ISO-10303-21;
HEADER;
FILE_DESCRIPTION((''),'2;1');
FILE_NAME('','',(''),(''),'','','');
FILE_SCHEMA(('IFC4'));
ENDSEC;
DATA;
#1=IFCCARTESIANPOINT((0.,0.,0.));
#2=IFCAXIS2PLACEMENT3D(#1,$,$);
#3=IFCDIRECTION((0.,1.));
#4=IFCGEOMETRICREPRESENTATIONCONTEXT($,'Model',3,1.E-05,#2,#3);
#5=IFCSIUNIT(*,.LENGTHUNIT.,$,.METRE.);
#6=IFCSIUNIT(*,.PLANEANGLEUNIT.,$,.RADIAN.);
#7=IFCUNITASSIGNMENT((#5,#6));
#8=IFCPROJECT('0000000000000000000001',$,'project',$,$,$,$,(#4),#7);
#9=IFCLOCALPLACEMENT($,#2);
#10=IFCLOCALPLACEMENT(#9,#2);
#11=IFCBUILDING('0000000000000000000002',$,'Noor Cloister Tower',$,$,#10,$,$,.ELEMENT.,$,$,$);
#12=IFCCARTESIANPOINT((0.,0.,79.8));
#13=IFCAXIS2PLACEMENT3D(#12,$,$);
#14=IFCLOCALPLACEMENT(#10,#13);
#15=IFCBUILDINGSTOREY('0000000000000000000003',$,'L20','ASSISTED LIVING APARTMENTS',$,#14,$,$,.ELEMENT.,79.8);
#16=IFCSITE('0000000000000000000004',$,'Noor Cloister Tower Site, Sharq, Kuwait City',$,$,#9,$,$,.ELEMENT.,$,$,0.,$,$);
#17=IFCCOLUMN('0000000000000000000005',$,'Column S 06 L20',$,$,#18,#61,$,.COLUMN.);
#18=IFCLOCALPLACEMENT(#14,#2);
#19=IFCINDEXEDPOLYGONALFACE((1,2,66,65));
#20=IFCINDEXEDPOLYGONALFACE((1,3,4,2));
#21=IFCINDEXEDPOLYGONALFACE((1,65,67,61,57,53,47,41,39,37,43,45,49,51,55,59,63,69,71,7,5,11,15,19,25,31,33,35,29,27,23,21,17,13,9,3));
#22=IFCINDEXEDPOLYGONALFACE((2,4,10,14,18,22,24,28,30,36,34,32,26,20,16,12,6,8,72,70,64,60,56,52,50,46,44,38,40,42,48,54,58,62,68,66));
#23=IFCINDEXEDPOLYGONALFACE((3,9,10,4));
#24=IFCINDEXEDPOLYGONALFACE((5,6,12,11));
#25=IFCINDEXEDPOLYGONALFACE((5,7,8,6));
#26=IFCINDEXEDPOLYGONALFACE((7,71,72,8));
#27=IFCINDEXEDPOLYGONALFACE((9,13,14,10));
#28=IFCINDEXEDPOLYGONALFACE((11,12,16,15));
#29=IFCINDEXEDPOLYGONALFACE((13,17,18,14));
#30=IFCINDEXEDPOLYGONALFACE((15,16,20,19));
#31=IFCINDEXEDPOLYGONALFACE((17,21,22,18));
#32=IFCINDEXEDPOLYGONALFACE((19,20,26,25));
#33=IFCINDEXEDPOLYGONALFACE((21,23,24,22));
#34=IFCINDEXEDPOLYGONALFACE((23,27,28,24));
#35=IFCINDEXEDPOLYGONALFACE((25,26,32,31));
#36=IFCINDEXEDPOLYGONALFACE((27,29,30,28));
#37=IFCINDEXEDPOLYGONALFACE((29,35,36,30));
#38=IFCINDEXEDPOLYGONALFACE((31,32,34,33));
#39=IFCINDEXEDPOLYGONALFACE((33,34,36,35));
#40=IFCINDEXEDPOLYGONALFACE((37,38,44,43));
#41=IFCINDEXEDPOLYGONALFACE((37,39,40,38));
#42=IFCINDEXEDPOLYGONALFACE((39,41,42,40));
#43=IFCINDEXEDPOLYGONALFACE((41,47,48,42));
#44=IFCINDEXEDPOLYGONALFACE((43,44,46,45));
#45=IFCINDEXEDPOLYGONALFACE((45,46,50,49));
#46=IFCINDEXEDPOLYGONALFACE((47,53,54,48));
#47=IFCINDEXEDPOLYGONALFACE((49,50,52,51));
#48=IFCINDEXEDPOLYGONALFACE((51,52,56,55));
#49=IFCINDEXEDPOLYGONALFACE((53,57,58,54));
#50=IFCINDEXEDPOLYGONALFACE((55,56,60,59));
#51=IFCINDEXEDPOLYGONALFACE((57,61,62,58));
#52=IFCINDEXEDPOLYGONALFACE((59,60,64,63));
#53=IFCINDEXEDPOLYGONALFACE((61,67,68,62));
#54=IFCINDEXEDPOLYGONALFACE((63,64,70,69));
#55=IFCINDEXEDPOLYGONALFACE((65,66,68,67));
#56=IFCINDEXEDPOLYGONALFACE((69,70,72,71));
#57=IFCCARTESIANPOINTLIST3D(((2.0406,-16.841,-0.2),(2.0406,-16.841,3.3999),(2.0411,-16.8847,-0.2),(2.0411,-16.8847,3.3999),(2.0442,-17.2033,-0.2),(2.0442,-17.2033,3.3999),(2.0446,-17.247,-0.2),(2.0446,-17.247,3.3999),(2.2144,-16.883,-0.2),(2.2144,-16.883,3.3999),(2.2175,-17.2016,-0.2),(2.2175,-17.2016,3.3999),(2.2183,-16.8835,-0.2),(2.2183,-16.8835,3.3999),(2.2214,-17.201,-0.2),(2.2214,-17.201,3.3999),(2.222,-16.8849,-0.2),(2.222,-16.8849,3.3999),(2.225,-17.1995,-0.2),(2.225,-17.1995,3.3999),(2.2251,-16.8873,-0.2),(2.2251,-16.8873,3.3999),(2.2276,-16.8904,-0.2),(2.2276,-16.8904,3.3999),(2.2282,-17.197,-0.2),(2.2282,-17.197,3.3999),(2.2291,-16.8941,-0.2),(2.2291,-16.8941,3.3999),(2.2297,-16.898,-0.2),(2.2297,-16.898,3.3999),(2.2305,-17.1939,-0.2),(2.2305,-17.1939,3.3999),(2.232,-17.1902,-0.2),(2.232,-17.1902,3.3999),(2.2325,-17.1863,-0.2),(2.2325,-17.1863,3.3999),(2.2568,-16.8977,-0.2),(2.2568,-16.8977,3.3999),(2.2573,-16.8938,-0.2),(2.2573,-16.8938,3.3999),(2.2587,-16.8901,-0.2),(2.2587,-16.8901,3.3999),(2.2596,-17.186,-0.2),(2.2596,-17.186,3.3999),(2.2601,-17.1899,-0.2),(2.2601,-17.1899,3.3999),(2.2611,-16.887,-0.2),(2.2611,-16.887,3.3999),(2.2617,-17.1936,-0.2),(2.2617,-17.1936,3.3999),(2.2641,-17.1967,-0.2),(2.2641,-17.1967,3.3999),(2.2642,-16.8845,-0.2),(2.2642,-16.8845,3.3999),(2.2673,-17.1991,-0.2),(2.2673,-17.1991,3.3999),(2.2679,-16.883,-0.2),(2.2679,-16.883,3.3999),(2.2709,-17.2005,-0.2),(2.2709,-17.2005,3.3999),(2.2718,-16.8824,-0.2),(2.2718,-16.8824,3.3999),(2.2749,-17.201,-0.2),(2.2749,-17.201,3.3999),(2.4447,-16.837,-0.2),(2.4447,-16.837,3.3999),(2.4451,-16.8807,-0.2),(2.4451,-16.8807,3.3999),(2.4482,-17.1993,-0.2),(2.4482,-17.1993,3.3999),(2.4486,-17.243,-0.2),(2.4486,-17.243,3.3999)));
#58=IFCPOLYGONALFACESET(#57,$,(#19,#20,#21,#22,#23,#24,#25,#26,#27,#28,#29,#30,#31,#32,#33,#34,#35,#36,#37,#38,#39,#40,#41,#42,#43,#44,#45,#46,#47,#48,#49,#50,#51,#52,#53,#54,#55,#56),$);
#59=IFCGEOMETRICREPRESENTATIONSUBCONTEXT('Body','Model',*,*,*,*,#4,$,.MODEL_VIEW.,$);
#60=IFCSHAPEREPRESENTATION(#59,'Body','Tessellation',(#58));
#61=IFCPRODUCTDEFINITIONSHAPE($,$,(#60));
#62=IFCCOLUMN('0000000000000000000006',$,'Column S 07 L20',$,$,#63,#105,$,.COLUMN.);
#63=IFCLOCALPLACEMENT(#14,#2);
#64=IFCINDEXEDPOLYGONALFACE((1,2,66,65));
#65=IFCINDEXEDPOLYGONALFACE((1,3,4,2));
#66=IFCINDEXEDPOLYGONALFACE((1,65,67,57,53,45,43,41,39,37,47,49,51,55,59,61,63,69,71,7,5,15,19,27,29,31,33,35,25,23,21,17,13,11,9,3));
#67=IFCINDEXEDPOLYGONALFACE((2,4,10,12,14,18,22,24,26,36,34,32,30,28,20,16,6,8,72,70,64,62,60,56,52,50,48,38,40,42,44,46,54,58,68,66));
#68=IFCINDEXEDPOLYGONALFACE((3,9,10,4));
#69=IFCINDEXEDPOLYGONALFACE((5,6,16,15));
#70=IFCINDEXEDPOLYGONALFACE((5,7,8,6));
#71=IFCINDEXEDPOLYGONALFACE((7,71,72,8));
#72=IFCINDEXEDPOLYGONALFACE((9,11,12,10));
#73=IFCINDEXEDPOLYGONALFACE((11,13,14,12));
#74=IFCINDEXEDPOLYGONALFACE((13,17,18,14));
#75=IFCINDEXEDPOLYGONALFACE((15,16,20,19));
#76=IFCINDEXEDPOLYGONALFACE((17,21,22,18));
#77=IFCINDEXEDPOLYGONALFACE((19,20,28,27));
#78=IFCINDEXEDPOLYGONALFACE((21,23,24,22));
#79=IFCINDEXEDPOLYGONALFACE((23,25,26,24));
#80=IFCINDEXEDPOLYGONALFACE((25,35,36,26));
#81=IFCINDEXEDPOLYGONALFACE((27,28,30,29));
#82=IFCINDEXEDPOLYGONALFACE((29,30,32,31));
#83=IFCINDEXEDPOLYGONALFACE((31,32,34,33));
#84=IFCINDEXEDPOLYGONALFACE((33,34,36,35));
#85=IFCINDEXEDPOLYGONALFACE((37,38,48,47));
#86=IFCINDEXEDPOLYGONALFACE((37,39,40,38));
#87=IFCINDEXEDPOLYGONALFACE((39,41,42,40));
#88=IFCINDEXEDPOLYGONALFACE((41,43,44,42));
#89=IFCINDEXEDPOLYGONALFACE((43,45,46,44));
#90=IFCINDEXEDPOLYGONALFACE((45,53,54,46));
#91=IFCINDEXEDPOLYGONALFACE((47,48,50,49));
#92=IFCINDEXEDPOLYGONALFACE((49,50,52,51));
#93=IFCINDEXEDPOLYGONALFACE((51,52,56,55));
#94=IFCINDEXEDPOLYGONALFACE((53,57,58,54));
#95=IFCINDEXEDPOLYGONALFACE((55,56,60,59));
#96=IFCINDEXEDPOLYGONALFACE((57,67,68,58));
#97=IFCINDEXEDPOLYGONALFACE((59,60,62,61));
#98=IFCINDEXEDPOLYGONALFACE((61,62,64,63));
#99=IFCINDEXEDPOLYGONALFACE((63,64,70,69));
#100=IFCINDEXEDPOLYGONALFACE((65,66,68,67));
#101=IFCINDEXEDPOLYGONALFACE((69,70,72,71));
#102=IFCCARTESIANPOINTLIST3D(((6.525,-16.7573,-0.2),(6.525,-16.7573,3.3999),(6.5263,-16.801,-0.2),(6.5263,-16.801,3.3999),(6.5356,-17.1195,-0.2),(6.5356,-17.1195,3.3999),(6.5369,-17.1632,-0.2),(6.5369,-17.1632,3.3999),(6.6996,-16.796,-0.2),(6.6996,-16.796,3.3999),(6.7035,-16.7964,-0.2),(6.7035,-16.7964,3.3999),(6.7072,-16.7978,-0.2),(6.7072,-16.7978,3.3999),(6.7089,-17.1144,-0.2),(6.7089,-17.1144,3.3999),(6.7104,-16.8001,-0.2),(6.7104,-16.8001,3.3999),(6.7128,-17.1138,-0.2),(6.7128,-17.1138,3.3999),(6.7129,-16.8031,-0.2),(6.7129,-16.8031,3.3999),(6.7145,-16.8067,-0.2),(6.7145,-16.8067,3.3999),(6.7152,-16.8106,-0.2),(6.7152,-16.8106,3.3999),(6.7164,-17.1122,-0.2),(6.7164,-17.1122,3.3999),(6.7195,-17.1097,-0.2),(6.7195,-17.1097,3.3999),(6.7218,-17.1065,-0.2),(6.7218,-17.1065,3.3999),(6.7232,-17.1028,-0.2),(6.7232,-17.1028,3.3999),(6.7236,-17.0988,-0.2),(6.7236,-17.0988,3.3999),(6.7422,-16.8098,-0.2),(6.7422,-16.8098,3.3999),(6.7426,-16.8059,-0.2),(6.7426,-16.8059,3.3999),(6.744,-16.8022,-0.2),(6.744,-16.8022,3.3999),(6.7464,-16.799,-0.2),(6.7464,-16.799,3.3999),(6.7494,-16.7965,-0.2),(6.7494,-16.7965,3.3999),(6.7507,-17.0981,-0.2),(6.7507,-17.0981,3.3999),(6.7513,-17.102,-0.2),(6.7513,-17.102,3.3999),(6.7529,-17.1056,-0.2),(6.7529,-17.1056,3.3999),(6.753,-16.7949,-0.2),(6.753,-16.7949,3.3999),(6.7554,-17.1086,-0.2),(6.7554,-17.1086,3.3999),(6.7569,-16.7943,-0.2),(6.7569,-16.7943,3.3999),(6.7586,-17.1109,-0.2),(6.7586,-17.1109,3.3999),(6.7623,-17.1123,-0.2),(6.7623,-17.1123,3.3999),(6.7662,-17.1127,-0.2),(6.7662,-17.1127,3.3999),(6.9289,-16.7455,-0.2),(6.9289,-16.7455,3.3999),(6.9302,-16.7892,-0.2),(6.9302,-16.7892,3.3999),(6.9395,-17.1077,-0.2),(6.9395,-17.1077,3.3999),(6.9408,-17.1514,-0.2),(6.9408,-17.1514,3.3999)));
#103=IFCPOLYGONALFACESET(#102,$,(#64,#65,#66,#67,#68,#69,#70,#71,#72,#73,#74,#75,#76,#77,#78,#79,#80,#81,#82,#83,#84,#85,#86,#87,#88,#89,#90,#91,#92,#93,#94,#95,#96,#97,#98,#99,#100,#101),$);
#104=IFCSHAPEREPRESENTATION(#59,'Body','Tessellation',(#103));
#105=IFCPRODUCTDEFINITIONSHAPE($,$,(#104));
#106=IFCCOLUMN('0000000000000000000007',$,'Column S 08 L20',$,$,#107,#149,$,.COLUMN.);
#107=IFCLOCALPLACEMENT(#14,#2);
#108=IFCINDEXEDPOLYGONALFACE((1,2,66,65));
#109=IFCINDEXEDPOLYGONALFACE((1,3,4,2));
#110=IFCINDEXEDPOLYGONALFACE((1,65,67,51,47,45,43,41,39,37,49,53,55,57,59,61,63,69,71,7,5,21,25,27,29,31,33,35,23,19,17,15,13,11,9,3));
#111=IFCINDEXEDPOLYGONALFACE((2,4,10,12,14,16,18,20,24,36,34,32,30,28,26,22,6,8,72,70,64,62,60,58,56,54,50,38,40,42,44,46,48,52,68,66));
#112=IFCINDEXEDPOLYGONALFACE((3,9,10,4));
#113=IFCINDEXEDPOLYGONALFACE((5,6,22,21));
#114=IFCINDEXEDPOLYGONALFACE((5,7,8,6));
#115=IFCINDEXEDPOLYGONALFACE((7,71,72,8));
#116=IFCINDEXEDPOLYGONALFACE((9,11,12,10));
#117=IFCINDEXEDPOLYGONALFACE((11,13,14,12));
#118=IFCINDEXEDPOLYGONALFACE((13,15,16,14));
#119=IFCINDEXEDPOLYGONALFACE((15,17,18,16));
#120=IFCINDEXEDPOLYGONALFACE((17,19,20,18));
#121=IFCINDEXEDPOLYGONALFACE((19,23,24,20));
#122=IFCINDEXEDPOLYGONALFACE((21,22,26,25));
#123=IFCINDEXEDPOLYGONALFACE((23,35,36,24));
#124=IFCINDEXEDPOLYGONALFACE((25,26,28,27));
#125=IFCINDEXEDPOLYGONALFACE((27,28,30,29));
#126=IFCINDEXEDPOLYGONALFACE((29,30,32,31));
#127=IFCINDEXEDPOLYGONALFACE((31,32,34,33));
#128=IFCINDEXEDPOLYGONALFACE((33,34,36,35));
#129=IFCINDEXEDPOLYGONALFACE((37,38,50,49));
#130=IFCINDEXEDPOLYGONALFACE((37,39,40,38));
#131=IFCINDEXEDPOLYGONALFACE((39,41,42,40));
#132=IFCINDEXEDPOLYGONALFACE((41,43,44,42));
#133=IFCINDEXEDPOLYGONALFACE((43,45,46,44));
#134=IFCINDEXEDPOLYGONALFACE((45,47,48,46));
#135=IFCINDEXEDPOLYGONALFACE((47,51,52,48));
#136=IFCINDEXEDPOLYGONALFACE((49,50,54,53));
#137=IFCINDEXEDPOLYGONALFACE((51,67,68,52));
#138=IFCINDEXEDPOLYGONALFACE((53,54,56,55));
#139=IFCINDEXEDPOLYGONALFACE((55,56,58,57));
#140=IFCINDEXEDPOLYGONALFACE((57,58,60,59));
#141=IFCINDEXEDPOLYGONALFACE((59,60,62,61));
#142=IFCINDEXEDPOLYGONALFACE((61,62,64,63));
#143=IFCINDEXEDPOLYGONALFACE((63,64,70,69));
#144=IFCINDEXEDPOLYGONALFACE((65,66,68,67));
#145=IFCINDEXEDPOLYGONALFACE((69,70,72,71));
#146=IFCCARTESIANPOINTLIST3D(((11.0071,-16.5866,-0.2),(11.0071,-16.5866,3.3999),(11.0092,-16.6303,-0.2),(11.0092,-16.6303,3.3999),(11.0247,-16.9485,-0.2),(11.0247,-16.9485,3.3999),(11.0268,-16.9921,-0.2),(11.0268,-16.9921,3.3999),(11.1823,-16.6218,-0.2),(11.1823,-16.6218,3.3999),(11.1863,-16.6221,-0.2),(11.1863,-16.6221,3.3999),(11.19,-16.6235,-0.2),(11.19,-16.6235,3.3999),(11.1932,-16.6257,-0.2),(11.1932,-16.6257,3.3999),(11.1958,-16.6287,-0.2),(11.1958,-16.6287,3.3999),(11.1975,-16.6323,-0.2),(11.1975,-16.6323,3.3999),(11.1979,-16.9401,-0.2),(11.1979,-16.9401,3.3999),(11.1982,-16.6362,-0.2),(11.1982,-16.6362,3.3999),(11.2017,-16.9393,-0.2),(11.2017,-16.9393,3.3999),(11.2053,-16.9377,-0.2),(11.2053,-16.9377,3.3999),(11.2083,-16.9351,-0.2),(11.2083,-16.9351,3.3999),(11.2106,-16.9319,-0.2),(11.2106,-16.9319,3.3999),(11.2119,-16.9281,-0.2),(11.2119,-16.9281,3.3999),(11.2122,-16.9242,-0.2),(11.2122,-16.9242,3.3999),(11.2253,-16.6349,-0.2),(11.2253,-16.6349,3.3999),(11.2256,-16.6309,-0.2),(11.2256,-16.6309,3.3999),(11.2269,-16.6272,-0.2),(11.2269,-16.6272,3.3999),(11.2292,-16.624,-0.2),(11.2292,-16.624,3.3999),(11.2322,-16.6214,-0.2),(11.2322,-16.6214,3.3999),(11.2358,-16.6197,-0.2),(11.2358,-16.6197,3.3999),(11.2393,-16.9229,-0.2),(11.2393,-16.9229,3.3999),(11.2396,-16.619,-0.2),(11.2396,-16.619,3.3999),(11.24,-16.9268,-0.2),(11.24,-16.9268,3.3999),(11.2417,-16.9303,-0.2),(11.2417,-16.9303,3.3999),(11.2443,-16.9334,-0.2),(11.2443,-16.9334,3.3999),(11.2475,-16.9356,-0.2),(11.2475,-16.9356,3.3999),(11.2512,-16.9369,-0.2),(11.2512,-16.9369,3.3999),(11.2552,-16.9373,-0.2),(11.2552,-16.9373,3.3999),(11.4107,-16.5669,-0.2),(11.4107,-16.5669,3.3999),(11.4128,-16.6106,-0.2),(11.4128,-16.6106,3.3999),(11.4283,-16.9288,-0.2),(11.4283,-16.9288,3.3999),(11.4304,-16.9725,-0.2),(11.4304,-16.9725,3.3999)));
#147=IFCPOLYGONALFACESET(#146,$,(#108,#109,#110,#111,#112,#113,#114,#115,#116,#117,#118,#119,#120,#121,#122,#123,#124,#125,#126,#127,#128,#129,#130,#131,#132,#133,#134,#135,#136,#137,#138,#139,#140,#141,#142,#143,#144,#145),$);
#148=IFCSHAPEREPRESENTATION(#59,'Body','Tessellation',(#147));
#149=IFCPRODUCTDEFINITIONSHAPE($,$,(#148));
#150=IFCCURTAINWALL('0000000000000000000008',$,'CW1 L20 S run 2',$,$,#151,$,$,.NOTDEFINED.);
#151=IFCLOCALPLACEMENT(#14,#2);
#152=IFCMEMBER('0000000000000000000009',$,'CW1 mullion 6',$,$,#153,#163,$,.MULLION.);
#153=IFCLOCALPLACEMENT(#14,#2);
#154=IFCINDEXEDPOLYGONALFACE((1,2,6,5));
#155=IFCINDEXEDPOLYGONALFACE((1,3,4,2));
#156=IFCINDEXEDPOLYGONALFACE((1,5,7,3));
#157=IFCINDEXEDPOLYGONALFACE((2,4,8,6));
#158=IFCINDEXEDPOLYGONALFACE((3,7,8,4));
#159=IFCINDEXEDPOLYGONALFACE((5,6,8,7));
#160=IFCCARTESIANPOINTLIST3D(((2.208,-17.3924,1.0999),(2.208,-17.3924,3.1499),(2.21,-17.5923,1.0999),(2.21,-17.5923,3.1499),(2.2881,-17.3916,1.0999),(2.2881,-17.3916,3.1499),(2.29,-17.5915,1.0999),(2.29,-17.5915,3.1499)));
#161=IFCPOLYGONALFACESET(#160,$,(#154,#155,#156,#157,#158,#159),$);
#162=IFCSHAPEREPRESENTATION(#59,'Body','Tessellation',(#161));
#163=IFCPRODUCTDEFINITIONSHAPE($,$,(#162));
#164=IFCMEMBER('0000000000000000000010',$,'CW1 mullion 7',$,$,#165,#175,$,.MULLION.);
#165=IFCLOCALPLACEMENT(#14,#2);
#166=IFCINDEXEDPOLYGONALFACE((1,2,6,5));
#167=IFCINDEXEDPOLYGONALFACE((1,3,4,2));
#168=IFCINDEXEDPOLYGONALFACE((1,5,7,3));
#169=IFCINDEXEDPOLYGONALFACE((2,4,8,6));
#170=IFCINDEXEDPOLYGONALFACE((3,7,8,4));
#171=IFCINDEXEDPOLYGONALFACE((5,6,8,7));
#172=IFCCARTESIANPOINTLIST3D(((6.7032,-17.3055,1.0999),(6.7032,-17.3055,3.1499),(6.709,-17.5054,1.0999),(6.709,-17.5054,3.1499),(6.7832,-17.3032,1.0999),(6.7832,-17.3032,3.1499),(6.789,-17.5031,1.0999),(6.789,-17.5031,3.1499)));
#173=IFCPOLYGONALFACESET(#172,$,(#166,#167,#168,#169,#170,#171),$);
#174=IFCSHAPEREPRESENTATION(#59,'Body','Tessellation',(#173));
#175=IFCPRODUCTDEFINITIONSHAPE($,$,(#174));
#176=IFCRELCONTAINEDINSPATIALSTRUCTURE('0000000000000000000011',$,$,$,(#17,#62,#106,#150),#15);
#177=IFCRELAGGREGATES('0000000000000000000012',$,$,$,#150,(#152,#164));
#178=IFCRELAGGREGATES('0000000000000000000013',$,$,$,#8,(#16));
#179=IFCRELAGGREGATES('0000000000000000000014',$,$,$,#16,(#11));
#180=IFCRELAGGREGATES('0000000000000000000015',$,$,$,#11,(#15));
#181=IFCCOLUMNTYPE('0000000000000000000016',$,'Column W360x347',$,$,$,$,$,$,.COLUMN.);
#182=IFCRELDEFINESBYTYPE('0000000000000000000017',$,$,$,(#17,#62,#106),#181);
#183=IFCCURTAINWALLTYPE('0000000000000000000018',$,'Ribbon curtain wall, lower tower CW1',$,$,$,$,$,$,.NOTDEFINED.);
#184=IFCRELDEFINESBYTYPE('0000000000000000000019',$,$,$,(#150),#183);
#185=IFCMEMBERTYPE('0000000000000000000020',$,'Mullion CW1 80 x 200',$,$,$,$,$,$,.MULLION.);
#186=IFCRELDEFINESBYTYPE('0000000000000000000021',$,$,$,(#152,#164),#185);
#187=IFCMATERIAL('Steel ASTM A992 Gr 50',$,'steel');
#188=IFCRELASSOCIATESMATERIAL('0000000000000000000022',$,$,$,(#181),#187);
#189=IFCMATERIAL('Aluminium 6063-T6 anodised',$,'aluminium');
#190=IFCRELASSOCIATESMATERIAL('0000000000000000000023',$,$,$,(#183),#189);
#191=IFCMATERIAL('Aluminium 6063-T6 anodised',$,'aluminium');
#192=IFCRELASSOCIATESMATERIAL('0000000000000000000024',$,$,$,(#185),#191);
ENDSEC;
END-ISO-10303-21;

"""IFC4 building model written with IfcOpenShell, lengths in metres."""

from ifc_helpers import new_model, si_unit, direction, frame, origin, origin_2d, place, context, subcontext, project, spatial, rectangle, i_section, extrude, material, material_profile, profile_set, type_object, element, aggregate, save


model = new_model("IFC4")

# Units and contexts
model_context = context("Model", 3, precision=1e-05, world=origin(), true_north=direction((0.0, 1.0)))
body_context = subcontext(model_context, "Body", "Model", "MODEL_VIEW")
ifc_project = project(units=[si_unit("LENGTHUNIT", "METRE"), si_unit("PLANEANGLEUNIT", "RADIAN")], contexts=[model_context])

# Site, building, storey
site_placement = place(None, origin())
site = spatial("IfcSite", under=ifc_project, at=site_placement, Name="Noor Cloister Tower Site, Sharq, Kuwait City", CompositionType="ELEMENT", RefElevation=0.0)
building_placement = place(site_placement, origin())
building = spatial("IfcBuilding", under=site, at=building_placement, Name="Noor Cloister Tower", CompositionType="ELEMENT")
storey_placement = place(building_placement, frame((0.0, 0.0, 79.8)))
storey = spatial("IfcBuildingStorey", under=building, at=storey_placement, Name="L20", Description="ASSISTED LIVING APARTMENTS", CompositionType="ELEMENT", Elevation=79.8)

# Columns
ifc_material_1 = material(Name="Steel ASTM A992 Gr 50", Category="steel")
ifc_material_profile_1 = material_profile(ifc_material_1, i_section(OverallWidth=0.4041, OverallDepth=0.406, WebThickness=0.0271, FlangeThickness=0.0437, FilletRadius=0.0151, at=origin_2d()), Name="W360x347")
ifc_profile_set_1 = profile_set([ifc_material_profile_1], Name="Steel ASTM A992 Gr 50")
column_type = type_object("IfcColumnType", Name="Column W360x347", PredefinedType="COLUMN", material=ifc_profile_set_1)
for number, where, z_axis, x_axis, name in (
    (1, (2.2446, -17.042, -0.2), (0.0, 0.0, 1.0), (0.999953, 0.00974, 0.0), "Column S 06 L20"),
    (2, (6.7329, -16.9543, -0.2), (0.0, 0.0, 1.0), (0.999573, 0.029216, 0.0), "Column S 07 L20"),
    (3, (11.2188, -16.7795, -0.2), (0.0, 0.0, 1.0), (0.998814, 0.048681, 0.0), "Column S 08 L20"),
):
    element("IfcColumn", number, at=place(storey_placement, frame(where, z_axis=z_axis, x_axis=x_axis)), inside=storey, type_object=column_type, Name=name, PredefinedType="COLUMN", context=body_context, shape_type="SweptSolid", body=[
        extrude(i_section(OverallWidth=0.4041, OverallDepth=0.406, WebThickness=0.0271, FlangeThickness=0.0437, FilletRadius=0.0151, at=origin_2d()), origin(), (0.0, 0.0, 1.0), 3.5999),
    ])

# Curtain wall, members
ifc_material_2 = material(Name="Aluminium 6063-T6 anodised", Category="aluminium")
curtain_wall_type = type_object("IfcCurtainWallType", Name="Ribbon curtain wall, lower tower CW1", PredefinedType="NOTDEFINED", material=ifc_material_2)
curtain_wall_placement = place(storey_placement, origin())
curtain_wall = element("IfcCurtainWall", 4, at=curtain_wall_placement, inside=storey, type_object=curtain_wall_type, Name="CW1 L20 S run 2", PredefinedType="NOTDEFINED")
ifc_material_3 = material(Name="Aluminium 6063-T6 anodised", Category="aluminium")
ifc_material_profile_2 = material_profile(ifc_material_3, rectangle(XDim=0.2, YDim=0.0801, at=origin_2d()), Name="200 x 80 mullion")
ifc_profile_set_2 = profile_set([ifc_material_profile_2], Name="Aluminium 6063-T6 anodised")
member_type = type_object("IfcMemberType", Name="Mullion CW1 80 x 200", PredefinedType="MULLION", material=ifc_profile_set_2)
member_1_placement = place(storey_placement, frame((2.249, -17.4919, 1.0999), z_axis=(0.0, 0.0, 1.0), x_axis=(-0.00974, 0.999953, 0.0)))
member_1 = element("IfcMember", 5, at=member_1_placement, type_object=member_type, Name="CW1 mullion 6", PredefinedType="MULLION", context=body_context, shape_type="SweptSolid", body=[
    extrude(rectangle(XDim=0.2, YDim=0.0801, at=origin_2d()), origin(), (0.0, 0.0, 1.0), 2.05),
])
member_2_placement = place(storey_placement, frame((6.7461, -17.4043, 1.0999), z_axis=(0.0, 0.0, 1.0), x_axis=(-0.029216, 0.999573, 0.0)))
member_2 = element("IfcMember", 6, at=member_2_placement, type_object=member_type, Name="CW1 mullion 7", PredefinedType="MULLION", context=body_context, shape_type="SweptSolid", body=[
    extrude(rectangle(XDim=0.2, YDim=0.0801, at=origin_2d()), origin(), (0.0, 0.0, 1.0), 2.05),
])

aggregate(curtain_wall, [member_1, member_2])

save(model, "model.ifc")
